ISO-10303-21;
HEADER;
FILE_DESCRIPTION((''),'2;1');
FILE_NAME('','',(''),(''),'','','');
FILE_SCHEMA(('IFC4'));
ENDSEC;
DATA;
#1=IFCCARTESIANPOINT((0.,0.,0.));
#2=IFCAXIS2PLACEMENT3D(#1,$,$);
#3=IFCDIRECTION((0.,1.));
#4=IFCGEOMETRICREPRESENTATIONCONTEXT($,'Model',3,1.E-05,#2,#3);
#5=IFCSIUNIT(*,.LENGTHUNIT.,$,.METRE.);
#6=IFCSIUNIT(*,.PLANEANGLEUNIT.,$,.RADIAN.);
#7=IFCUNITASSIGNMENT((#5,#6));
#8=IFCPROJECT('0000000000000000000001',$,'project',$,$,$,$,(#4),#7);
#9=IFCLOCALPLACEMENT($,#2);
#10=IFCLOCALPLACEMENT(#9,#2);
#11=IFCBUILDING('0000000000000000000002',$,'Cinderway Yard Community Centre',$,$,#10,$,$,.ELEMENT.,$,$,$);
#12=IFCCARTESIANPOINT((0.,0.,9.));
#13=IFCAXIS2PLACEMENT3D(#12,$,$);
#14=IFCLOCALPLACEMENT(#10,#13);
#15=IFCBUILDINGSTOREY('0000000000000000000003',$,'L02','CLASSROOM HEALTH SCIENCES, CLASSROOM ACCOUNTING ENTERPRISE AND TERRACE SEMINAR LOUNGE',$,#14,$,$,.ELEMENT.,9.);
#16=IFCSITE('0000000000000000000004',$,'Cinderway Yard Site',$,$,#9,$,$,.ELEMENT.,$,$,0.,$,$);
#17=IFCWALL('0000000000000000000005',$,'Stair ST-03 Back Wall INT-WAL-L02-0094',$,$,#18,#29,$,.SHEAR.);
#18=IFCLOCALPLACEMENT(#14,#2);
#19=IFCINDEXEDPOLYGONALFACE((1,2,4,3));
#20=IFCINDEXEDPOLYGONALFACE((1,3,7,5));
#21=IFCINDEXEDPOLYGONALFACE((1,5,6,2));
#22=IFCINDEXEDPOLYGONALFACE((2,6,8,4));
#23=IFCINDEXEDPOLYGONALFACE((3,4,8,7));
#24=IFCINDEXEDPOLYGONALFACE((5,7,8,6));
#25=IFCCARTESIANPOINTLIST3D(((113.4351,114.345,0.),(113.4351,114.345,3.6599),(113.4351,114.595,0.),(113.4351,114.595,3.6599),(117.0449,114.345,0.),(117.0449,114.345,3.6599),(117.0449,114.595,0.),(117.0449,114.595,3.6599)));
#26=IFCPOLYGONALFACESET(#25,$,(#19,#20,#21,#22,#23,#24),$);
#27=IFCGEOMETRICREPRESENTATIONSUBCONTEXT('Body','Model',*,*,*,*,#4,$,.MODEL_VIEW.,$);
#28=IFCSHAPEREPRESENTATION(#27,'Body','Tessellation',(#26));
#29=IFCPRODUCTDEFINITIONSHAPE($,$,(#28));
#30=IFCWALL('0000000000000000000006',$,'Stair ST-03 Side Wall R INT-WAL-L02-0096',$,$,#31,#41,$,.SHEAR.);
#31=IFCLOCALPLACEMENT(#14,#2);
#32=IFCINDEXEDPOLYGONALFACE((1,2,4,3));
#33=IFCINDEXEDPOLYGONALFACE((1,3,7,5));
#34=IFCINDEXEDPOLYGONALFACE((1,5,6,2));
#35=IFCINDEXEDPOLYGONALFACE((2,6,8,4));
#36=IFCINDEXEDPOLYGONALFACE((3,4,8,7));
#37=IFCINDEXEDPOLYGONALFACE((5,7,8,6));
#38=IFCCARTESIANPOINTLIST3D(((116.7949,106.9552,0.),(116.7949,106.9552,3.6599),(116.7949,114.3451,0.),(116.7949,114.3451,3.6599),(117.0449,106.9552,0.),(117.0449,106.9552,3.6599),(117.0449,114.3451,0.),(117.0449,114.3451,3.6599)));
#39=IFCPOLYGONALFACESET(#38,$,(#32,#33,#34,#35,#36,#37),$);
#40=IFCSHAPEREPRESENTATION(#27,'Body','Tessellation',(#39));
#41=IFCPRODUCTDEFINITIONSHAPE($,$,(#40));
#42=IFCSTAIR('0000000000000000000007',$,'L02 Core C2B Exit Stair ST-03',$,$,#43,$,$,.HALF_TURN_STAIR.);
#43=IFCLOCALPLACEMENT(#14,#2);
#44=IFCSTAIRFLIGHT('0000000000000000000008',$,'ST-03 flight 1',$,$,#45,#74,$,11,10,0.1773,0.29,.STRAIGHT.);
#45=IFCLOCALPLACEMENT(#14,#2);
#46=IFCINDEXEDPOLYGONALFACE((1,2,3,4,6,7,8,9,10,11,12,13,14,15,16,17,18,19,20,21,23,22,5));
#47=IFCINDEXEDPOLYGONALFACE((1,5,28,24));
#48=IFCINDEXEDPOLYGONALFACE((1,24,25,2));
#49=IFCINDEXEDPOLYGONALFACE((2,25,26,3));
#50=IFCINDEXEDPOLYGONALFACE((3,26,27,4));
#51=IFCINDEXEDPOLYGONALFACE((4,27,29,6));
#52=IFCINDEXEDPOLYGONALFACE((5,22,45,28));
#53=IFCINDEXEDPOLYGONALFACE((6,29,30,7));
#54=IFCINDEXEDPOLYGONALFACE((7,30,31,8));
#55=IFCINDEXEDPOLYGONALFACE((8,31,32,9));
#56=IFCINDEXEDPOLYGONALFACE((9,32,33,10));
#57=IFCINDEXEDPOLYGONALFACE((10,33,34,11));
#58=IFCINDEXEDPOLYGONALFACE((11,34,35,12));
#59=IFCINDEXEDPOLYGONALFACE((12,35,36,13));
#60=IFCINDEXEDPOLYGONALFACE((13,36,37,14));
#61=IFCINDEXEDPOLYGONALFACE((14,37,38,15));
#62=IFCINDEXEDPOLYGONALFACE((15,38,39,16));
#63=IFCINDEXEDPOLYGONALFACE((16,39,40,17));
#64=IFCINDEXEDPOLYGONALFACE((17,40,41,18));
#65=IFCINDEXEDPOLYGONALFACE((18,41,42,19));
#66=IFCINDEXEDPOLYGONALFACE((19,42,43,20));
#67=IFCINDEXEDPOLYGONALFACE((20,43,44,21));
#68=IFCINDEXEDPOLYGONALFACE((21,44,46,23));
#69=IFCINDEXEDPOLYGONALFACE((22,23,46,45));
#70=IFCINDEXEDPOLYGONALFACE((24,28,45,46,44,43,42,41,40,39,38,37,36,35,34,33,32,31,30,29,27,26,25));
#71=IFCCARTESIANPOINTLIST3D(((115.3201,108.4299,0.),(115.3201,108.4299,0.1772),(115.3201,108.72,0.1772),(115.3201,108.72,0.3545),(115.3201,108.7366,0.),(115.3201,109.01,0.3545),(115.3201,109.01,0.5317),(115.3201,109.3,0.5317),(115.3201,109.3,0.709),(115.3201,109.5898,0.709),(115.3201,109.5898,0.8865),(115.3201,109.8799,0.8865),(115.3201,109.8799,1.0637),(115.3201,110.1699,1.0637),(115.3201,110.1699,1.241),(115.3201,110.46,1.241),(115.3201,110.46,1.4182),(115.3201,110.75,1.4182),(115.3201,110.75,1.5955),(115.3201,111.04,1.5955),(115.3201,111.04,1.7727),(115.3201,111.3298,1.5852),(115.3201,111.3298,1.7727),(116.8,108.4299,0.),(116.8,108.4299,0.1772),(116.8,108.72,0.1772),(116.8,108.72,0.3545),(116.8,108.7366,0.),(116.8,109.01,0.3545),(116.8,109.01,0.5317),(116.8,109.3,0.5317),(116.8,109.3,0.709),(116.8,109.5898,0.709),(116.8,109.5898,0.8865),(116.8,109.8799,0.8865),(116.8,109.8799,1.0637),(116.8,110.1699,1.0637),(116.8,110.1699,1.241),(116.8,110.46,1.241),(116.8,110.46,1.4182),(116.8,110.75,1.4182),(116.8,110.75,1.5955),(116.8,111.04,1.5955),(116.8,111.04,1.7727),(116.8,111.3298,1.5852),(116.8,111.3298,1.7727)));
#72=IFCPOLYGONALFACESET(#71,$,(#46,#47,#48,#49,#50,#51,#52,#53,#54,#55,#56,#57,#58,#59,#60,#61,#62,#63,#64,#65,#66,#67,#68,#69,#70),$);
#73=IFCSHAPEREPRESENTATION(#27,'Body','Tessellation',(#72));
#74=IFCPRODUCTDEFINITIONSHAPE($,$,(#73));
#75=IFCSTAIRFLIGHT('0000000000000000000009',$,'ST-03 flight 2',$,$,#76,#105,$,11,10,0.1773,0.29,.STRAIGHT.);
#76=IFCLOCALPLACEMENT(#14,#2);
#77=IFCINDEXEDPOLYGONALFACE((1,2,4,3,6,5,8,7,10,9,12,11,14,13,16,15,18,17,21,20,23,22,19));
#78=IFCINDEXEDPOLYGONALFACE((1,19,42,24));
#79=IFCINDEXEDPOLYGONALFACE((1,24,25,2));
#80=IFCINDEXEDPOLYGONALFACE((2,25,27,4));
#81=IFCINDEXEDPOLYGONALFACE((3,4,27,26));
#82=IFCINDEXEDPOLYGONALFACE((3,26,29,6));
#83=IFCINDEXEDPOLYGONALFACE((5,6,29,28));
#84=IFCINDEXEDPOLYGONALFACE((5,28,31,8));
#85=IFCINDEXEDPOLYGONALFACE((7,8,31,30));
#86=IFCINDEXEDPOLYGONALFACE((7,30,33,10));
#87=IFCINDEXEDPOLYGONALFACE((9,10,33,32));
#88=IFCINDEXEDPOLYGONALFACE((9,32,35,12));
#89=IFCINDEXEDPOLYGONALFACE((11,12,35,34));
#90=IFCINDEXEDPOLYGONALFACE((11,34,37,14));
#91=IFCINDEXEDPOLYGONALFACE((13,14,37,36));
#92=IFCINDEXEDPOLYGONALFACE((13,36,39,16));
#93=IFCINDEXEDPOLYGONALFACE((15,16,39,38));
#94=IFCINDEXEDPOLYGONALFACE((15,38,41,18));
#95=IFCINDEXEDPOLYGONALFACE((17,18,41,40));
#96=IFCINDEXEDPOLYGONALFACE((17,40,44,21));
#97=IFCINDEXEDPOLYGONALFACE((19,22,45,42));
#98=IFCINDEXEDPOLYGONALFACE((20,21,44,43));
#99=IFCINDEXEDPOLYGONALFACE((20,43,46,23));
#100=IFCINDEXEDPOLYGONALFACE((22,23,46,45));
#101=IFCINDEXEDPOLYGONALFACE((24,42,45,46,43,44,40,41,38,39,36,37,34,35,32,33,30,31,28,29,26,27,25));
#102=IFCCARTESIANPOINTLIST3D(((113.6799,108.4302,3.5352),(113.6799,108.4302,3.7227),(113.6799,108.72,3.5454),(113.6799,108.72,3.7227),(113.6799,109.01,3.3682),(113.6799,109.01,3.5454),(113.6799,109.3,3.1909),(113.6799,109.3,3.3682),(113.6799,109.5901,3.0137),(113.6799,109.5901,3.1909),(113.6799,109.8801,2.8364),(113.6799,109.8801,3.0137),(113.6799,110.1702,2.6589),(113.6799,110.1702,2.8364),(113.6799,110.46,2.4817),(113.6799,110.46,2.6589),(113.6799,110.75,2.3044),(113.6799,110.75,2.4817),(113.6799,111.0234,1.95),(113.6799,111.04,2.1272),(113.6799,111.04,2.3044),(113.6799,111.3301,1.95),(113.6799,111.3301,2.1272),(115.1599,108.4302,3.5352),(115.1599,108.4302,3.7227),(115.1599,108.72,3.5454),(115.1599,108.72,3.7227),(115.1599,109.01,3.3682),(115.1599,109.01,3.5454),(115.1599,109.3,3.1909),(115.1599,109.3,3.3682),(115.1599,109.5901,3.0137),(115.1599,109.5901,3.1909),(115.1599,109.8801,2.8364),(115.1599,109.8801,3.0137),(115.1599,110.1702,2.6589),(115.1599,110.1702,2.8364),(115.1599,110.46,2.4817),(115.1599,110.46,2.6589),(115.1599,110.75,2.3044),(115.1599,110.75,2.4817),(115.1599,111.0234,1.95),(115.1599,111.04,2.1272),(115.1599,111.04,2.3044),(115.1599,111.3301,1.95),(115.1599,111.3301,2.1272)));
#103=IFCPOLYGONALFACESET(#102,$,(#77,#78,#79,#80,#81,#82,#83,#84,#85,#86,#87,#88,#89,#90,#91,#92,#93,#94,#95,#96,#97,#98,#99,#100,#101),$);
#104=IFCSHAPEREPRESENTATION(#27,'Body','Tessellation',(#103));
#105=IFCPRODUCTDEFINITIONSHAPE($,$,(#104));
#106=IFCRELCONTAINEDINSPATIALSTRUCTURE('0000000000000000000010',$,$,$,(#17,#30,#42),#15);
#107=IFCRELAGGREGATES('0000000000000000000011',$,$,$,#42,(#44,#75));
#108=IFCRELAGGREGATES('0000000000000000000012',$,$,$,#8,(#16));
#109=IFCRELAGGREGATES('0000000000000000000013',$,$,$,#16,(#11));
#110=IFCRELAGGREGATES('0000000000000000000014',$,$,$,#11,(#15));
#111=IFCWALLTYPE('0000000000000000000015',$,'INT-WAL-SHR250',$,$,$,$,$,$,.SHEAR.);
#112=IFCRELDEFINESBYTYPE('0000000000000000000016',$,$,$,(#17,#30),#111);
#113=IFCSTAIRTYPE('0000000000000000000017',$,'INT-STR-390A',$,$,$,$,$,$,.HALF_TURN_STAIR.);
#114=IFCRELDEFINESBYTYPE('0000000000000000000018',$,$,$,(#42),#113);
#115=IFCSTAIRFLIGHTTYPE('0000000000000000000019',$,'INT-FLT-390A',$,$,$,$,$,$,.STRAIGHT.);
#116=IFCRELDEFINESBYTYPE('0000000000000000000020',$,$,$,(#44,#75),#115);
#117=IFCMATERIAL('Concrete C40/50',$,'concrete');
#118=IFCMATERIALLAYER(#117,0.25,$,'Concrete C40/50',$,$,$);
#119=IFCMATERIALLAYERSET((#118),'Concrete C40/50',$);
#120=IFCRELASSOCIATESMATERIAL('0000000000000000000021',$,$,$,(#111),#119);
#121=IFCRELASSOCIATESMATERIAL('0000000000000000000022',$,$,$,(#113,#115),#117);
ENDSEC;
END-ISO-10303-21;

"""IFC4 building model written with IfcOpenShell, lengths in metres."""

from ifc_helpers import new_model, si_unit, direction, frame, frame_2d, origin, place, context, subcontext, project, spatial, polyline, rectangle, outline, extrude, material, layer, layer_set, type_object, element, aggregate, save


model = new_model("IFC4")

# Units and contexts
model_context = context("Model", 3, precision=1e-05, world=origin(), true_north=direction((0.0, 1.0)))
body_context = subcontext(model_context, "Body", "Model", "MODEL_VIEW")
ifc_project = project(units=[si_unit("LENGTHUNIT", "METRE"), si_unit("PLANEANGLEUNIT", "RADIAN")], contexts=[model_context])

# Site, building, storey
site_placement = place(None, origin())
site = spatial("IfcSite", under=ifc_project, at=site_placement, Name="Cinderway Yard Site", CompositionType="ELEMENT", RefElevation=0.0)
building_placement = place(site_placement, origin())
building = spatial("IfcBuilding", under=site, at=building_placement, Name="Cinderway Yard Community Centre", CompositionType="ELEMENT")
storey_placement = place(building_placement, frame((0.0, 0.0, 9.0)))
storey = spatial("IfcBuildingStorey", under=building, at=storey_placement, Name="L02", Description="CLASSROOM HEALTH SCIENCES, CLASSROOM ACCOUNTING ENTERPRISE AND TERRACE SEMINAR LOUNGE", CompositionType="ELEMENT", Elevation=9.0)

# Walls
ifc_material_1 = material(Name="Concrete C40/50", Category="concrete")
ifc_layer_1 = layer(ifc_material_1, 0.25, Name="Concrete C40/50")
ifc_layer_set_1 = layer_set([ifc_layer_1], Name="Concrete C40/50")
wall_type = type_object("IfcWallType", Name="INT-WAL-SHR250", PredefinedType="SHEAR", material=ifc_layer_set_1)
wall_1_placement = place(storey_placement, frame((113.4351, 114.47, 0.0), z_axis=(0.0, 0.0, 1.0), x_axis=(1.0, 0.0, 0.0)))
element("IfcWall", 1, at=wall_1_placement, inside=storey, type_object=wall_type, Name="Stair ST-03 Back Wall INT-WAL-L02-0094", PredefinedType="SHEAR", context=body_context, shape_type="SweptSolid", body=[
    extrude(rectangle(XDim=3.6099, YDim=0.25, at=frame_2d((1.8049, 0.0))), origin(), (0.0, 0.0, 1.0), 3.6599),
])
wall_2_placement = place(storey_placement, frame((116.9199, 114.345, 0.0), z_axis=(0.0, 0.0, 1.0), x_axis=(0.0, -1.0, 0.0)))
element("IfcWall", 2, at=wall_2_placement, inside=storey, type_object=wall_type, Name="Stair ST-03 Side Wall R INT-WAL-L02-0096", PredefinedType="SHEAR", context=body_context, shape_type="SweptSolid", body=[
    extrude(rectangle(XDim=7.3899, YDim=0.25, at=frame_2d((3.6948, 0.0))), origin(), (0.0, 0.0, 1.0), 3.6599),
])

# Stair, stair flights
stair_type = type_object("IfcStairType", Name="INT-STR-390A", PredefinedType="HALF_TURN_STAIR", material=ifc_material_1)
stair_placement = place(storey_placement, origin())
stair = element("IfcStair", 3, at=stair_placement, inside=storey, type_object=stair_type, Name="L02 Core C2B Exit Stair ST-03", PredefinedType="HALF_TURN_STAIR")
stair_flight_type = type_object("IfcStairFlightType", Name="INT-FLT-390A", PredefinedType="STRAIGHT", material=ifc_material_1)
stair_flight_1_placement = place(storey_placement, frame((116.0601, 108.4299, 0.0), z_axis=(0.0, 0.0, 1.0), x_axis=(0.0, 1.0, 0.0)))
stair_flight_1 = element("IfcStairFlight", 4, at=stair_flight_1_placement, type_object=stair_flight_type, Name="ST-03 flight 1", NumberOfRisers=11, NumberOfTreads=10, PredefinedType="STRAIGHT", RiserHeight=0.1773, TreadLength=0.29, context=body_context, shape_type="SweptSolid", body=[
    extrude(outline(polyline([(0.0, 0.0), (0.0, 0.1772), (0.29, 0.1772), (0.29, 0.3545), (0.5801, 0.3545), (0.5801, 0.5317), (0.8701, 0.5317), (0.8701, 0.709), (1.1599, 0.709), (1.1599, 0.8865), (1.45, 0.8865), (1.45, 1.0637), (1.74, 1.0637), (1.74, 1.241), (2.03, 1.241), (2.03, 1.4182), (2.3201, 1.4182), (2.3201, 1.5955), (2.6101, 1.5955), (2.6101, 1.7727), (2.8999, 1.7727), (2.8999, 1.95), (2.8999, 1.5852), (0.3066, 0.0), (0.0, 0.0)])), frame((0.0, 0.74, 0.0), z_axis=(0.0, -1.0, 0.0), x_axis=(1.0, 0.0, 0.0)), (0.0, 0.0, 1.0), 1.48),
])
stair_flight_2_placement = place(storey_placement, frame((114.4199, 111.3301, 1.95), z_axis=(0.0, 0.0, 1.0), x_axis=(0.0, -1.0, 0.0)))
stair_flight_2 = element("IfcStairFlight", 5, at=stair_flight_2_placement, type_object=stair_flight_type, Name="ST-03 flight 2", NumberOfRisers=11, NumberOfTreads=10, PredefinedType="STRAIGHT", RiserHeight=0.1773, TreadLength=0.29, context=body_context, shape_type="SweptSolid", body=[
    extrude(outline(polyline([(0.0, 0.0), (0.0, 0.1772), (0.29, 0.1772), (0.29, 0.3545), (0.5801, 0.3545), (0.5801, 0.5317), (0.8701, 0.5317), (0.8701, 0.709), (1.1599, 0.709), (1.1599, 0.8865), (1.45, 0.8865), (1.45, 1.0637), (1.74, 1.0637), (1.74, 1.241), (2.03, 1.241), (2.03, 1.4182), (2.3201, 1.4182), (2.3201, 1.5955), (2.6101, 1.5955), (2.6101, 1.7727), (2.8999, 1.7727), (2.8999, 1.95), (2.8999, 1.5852), (0.3066, 0.0), (0.0, 0.0)])), frame((0.0, 0.74, 0.0), z_axis=(0.0, -1.0, 0.0), x_axis=(1.0, 0.0, 0.0)), (0.0, 0.0, 1.0), 1.48),
])
aggregate(stair, [stair_flight_1, stair_flight_2])

save(model, "model.ifc")
